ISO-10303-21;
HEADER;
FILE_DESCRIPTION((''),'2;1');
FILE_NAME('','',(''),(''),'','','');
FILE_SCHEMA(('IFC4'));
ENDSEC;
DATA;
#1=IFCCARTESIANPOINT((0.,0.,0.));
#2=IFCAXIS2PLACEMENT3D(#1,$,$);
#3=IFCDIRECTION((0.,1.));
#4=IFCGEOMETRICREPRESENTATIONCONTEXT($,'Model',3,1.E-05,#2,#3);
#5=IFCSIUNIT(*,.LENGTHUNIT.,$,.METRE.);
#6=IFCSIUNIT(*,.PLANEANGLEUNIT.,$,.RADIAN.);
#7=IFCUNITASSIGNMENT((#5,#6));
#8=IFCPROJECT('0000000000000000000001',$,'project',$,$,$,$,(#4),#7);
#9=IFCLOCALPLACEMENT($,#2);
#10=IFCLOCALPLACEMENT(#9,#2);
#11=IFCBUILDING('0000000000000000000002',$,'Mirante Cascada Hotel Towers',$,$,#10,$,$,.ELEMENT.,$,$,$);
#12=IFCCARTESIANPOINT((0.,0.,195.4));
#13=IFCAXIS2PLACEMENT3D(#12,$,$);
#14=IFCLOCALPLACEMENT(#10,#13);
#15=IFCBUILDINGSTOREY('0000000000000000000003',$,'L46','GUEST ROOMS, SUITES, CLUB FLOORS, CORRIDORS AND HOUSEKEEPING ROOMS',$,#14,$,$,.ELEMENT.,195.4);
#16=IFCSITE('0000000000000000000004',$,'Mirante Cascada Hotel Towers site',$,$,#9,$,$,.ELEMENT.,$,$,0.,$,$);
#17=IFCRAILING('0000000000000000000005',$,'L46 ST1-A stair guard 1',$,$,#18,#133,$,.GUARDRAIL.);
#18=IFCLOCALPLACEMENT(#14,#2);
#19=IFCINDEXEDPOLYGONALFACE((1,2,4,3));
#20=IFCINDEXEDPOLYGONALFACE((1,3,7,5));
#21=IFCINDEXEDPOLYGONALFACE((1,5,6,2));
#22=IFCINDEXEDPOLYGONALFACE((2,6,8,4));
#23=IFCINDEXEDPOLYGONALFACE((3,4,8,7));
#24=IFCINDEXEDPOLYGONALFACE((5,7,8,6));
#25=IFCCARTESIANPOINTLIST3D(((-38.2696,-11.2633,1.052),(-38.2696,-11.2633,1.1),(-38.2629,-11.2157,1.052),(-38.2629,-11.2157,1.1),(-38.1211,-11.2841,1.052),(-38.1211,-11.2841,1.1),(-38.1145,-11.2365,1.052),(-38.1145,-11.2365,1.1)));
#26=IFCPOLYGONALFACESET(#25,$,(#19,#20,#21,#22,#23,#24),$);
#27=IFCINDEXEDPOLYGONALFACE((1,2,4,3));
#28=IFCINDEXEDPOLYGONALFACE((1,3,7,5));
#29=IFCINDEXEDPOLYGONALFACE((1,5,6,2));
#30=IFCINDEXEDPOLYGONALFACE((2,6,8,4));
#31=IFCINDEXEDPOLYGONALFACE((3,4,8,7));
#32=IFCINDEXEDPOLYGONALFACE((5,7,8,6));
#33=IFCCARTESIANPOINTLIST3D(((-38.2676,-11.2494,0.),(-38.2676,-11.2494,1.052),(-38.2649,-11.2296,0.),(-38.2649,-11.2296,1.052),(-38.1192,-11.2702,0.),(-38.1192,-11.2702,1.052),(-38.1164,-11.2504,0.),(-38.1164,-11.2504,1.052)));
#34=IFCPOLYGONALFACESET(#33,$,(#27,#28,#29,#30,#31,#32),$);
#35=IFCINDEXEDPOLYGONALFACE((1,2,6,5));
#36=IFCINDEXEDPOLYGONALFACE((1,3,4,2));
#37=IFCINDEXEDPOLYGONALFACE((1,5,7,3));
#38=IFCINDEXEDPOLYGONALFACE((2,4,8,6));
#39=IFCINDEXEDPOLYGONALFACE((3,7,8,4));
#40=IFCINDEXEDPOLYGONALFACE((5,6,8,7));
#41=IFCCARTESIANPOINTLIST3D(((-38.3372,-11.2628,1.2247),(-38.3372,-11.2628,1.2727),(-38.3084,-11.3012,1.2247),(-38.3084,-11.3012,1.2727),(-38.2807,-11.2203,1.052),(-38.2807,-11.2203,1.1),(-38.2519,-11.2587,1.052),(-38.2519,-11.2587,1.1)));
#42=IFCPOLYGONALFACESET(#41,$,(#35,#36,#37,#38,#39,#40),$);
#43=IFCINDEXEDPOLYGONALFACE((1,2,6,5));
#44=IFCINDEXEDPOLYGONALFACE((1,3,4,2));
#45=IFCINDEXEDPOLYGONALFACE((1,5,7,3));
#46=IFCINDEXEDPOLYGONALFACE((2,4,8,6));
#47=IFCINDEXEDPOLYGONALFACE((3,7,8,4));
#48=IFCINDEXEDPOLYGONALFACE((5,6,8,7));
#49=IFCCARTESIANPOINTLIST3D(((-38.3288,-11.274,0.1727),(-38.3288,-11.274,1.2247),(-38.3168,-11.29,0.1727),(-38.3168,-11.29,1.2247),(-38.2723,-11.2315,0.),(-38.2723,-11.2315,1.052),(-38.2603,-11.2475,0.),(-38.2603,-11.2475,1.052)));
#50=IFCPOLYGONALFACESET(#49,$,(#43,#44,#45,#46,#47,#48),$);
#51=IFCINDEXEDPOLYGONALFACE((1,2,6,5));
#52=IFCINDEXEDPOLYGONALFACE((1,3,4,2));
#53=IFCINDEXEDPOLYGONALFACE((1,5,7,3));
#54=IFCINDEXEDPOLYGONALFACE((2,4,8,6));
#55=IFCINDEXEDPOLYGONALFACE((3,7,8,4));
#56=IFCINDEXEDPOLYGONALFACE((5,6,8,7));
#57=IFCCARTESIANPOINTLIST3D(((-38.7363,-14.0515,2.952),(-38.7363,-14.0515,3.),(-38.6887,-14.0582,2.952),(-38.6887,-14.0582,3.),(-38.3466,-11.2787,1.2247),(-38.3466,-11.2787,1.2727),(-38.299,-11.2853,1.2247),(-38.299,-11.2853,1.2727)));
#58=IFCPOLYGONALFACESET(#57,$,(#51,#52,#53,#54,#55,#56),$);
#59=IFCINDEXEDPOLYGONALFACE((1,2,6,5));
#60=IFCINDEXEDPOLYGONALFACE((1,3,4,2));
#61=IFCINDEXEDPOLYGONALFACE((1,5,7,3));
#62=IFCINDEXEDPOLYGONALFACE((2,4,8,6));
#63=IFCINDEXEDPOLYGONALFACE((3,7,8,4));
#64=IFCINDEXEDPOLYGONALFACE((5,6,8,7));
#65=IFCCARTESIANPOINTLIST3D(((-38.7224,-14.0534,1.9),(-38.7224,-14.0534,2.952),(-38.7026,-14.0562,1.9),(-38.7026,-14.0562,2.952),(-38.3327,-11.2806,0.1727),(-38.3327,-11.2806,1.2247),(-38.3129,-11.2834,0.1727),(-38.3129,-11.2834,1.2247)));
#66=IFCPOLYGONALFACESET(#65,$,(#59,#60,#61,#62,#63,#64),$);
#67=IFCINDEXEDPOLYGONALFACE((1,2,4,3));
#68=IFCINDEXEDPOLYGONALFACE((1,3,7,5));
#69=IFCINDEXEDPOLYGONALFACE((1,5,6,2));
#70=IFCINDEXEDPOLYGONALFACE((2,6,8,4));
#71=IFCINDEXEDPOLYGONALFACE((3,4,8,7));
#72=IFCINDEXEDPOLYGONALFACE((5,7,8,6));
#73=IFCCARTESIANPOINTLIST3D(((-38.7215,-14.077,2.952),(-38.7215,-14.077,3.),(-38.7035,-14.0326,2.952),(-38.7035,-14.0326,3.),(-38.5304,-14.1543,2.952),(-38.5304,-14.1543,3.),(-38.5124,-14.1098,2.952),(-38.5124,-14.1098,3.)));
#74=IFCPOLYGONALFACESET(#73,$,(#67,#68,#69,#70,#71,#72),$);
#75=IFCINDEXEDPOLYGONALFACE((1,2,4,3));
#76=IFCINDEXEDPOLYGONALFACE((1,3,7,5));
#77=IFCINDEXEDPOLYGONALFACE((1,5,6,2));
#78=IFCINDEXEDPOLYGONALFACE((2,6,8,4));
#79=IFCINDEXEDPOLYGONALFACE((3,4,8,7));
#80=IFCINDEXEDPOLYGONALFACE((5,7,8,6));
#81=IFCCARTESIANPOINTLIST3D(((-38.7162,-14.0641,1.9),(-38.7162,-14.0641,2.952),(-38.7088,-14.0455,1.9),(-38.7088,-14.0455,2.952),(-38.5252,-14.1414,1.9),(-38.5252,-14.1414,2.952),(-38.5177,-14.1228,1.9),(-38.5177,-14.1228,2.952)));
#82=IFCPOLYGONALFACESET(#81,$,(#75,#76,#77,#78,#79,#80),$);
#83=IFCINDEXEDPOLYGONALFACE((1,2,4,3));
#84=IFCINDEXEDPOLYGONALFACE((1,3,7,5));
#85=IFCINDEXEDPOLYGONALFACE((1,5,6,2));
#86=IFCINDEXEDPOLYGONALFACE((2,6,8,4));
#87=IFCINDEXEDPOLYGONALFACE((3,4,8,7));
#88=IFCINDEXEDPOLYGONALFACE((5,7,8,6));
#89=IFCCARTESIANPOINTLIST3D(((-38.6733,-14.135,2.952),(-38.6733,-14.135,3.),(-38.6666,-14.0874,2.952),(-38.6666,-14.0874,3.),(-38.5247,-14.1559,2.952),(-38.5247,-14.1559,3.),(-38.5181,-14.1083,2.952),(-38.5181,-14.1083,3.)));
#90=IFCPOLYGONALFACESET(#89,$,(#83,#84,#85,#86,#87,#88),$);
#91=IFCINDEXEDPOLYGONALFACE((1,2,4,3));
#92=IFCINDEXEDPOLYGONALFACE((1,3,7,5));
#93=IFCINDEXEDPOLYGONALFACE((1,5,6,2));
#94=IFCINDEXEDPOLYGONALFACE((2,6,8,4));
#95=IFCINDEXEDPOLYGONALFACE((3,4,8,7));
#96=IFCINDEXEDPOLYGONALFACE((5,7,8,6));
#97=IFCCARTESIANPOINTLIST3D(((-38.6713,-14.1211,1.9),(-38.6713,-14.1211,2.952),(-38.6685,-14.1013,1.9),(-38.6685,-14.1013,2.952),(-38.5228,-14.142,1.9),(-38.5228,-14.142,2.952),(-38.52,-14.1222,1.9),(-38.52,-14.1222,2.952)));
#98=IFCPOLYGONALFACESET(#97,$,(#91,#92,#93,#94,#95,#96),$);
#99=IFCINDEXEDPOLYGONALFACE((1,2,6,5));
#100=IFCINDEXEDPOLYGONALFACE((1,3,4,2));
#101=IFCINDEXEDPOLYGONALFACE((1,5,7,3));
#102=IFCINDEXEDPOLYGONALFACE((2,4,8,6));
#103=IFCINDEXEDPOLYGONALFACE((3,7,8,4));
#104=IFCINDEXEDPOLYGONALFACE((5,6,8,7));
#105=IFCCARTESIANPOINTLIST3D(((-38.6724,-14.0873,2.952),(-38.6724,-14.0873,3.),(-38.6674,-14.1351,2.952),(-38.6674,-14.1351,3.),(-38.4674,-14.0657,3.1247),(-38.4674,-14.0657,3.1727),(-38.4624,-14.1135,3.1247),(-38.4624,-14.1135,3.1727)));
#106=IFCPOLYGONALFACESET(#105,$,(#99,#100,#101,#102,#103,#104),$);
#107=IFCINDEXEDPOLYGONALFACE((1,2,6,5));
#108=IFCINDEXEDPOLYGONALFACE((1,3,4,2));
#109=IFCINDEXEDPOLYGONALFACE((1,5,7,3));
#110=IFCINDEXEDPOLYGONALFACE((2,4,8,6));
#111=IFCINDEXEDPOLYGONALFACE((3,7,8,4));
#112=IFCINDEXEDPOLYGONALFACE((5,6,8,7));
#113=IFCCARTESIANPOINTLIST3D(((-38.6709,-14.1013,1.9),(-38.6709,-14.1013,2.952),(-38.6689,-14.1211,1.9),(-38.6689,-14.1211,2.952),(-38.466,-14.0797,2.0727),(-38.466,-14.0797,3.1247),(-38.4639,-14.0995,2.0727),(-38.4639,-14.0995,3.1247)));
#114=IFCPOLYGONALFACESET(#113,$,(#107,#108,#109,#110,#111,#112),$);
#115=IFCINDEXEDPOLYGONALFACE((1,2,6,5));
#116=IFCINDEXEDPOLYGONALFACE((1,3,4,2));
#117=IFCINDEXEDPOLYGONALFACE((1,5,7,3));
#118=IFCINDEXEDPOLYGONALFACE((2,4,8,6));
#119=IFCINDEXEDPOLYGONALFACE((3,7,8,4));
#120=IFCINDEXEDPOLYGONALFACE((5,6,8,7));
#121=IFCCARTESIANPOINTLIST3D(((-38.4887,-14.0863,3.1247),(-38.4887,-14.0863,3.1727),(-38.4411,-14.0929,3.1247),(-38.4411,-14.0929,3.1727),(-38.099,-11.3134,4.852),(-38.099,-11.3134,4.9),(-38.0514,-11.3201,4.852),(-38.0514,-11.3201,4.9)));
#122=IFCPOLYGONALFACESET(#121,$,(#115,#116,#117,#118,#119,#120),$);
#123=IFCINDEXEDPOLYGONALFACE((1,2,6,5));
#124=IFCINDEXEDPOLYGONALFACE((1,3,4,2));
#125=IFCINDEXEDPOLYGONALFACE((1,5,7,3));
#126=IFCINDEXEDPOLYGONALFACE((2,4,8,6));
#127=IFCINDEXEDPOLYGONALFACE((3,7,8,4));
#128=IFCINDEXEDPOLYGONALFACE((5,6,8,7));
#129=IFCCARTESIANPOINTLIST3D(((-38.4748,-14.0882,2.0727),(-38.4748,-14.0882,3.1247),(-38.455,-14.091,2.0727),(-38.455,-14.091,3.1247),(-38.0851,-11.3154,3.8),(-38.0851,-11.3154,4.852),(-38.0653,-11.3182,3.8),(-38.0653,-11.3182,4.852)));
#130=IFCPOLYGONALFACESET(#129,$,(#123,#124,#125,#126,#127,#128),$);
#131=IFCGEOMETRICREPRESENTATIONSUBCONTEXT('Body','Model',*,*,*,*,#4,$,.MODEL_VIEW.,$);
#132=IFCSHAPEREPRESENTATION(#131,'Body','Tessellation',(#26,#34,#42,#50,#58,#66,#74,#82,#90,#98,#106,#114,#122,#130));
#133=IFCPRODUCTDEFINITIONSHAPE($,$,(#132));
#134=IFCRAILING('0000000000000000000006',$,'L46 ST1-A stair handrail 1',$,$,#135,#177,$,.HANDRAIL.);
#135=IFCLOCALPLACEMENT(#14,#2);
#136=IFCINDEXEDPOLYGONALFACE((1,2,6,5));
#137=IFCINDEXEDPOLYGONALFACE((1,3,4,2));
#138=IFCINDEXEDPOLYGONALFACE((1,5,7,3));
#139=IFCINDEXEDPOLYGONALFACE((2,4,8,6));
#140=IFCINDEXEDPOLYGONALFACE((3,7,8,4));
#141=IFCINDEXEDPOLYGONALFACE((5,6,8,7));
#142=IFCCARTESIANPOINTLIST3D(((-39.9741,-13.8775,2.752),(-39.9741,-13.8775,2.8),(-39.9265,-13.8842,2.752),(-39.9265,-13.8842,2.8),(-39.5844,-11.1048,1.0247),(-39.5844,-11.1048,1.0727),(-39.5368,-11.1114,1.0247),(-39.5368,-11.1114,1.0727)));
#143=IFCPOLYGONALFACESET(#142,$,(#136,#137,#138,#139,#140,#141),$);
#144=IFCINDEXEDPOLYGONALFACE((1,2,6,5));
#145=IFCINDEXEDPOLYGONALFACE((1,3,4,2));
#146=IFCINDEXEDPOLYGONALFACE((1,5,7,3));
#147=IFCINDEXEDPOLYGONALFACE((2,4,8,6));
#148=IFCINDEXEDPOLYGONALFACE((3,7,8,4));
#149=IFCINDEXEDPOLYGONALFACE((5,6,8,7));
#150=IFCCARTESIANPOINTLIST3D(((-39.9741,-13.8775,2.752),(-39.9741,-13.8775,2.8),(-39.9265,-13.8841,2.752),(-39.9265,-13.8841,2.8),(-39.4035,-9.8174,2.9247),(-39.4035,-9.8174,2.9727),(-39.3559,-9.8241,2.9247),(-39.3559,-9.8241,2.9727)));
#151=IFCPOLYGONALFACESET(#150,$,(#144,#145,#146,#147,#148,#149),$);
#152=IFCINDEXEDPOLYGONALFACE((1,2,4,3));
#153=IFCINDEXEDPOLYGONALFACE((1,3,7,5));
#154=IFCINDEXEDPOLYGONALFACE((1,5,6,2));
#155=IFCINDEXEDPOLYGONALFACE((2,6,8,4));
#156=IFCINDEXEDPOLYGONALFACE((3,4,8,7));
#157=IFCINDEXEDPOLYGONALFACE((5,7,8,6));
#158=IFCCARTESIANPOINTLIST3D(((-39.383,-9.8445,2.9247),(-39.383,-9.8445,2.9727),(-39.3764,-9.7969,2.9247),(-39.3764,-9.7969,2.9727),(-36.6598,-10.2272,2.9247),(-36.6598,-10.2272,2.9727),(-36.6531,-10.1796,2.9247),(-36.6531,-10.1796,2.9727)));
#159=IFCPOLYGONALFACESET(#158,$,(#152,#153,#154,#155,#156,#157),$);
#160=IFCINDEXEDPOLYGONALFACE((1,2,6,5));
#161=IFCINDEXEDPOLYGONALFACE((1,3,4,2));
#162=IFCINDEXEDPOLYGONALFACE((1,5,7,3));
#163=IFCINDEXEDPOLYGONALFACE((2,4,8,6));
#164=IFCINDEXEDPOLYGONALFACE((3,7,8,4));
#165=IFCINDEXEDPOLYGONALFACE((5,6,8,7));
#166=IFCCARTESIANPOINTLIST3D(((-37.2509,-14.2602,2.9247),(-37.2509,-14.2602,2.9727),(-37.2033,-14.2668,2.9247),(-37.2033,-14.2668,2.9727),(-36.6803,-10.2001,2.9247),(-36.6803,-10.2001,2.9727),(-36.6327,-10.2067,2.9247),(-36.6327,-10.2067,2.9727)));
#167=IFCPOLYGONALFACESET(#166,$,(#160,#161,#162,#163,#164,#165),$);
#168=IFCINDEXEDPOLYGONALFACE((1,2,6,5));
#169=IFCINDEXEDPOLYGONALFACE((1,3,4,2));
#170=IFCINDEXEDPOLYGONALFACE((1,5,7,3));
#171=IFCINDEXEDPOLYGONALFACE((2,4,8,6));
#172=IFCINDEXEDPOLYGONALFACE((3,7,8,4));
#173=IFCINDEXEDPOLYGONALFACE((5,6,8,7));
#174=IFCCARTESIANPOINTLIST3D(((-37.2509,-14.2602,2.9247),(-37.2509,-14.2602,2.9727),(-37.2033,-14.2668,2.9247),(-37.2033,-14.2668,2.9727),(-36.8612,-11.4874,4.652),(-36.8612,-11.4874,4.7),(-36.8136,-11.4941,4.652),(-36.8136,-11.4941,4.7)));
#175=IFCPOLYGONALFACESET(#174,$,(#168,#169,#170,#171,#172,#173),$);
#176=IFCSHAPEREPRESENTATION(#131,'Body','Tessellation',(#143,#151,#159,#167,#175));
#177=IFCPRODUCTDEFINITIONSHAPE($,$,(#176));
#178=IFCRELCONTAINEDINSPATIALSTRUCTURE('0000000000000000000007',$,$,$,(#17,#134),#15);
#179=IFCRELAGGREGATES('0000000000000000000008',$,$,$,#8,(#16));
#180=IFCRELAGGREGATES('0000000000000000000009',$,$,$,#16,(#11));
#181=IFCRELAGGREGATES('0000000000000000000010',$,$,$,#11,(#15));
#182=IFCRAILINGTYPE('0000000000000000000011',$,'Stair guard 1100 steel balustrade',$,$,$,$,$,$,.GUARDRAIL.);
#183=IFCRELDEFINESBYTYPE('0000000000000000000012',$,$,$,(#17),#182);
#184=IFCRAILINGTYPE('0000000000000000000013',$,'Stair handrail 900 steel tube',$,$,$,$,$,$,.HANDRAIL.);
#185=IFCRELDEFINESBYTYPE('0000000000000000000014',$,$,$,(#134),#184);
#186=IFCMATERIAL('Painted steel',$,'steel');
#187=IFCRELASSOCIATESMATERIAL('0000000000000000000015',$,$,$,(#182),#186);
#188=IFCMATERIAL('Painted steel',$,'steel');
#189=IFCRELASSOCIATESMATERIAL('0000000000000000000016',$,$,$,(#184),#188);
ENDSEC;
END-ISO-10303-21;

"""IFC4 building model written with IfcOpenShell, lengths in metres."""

from ifc_helpers import new_model, si_unit, direction, frame, origin, origin_2d, place, context, subcontext, project, spatial, rectangle, extrude, material, type_object, element, save


model = new_model("IFC4")

# Units and contexts
model_context = context("Model", 3, precision=1e-05, world=origin(), true_north=direction((0.0, 1.0)))
body_context = subcontext(model_context, "Body", "Model", "MODEL_VIEW")
ifc_project = project(units=[si_unit("LENGTHUNIT", "METRE"), si_unit("PLANEANGLEUNIT", "RADIAN")], contexts=[model_context])

# Site, building, storey
site_placement = place(None, origin())
site = spatial("IfcSite", under=ifc_project, at=site_placement, Name="Mirante Cascada Hotel Towers site", CompositionType="ELEMENT", RefElevation=0.0)
building_placement = place(site_placement, origin())
building = spatial("IfcBuilding", under=site, at=building_placement, Name="Mirante Cascada Hotel Towers", CompositionType="ELEMENT")
storey_placement = place(building_placement, frame((0.0, 0.0, 195.4)))
storey = spatial("IfcBuildingStorey", under=building, at=storey_placement, Name="L46", Description="GUEST ROOMS, SUITES, CLUB FLOORS, CORRIDORS AND HOUSEKEEPING ROOMS", CompositionType="ELEMENT", Elevation=195.4)

# Railings
ifc_material_1 = material(Name="Painted steel", Category="steel")
railing_type_1 = type_object("IfcRailingType", Name="Stair guard 1100 steel balustrade", PredefinedType="GUARDRAIL", material=ifc_material_1)
railing_1_placement = place(storey_placement, frame((-38.1178, -11.2603, 0.0)))
element("IfcRailing", 1, at=railing_1_placement, inside=storey, type_object=railing_type_1, Name="L46 ST1-A stair guard 1", PredefinedType="GUARDRAIL", context=body_context, shape_type="SweptSolid", body=[
    extrude(rectangle(XDim=0.048, YDim=0.048, at=origin_2d()), frame((0.0, 0.0, 1.076), z_axis=(-0.990333, 0.138713, 0.0), x_axis=(-0.138713, -0.990333, 0.0)), (0.0, 0.0, 1.0), 0.1499),
    extrude(rectangle(XDim=0.02, YDim=1.052, at=origin_2d()), frame((0.0, 0.0, 0.526), z_axis=(-0.990333, 0.138713, 0.0), x_axis=(-0.138713, -0.990333, 0.0)), (0.0, 0.0, 1.0), 0.1499),
    extrude(rectangle(XDim=0.048, YDim=0.048, at=origin_2d()), frame((-0.1485, 0.0208, 1.076), z_axis=(-0.79915, -0.601131, 0.0), x_axis=(0.601131, -0.79915, 0.0)), (0.0, 0.925453, 0.378863), 0.1866),
    extrude(rectangle(XDim=0.02, YDim=1.052, at=origin_2d()), frame((-0.1485, 0.0208, 0.526), z_axis=(-0.79915, -0.601131, 0.0), x_axis=(0.601131, -0.79915, 0.0)), (0.0, 0.925453, 0.378863), 0.1866),
    extrude(rectangle(XDim=0.048, YDim=0.048, at=origin_2d()), frame((-0.205, -0.0217, 1.2487), z_axis=(-0.139176, -0.990268, 0.0), x_axis=(0.990268, -0.139176, 0.0)), (0.0, 0.525021, 0.851089), 3.29),
    extrude(rectangle(XDim=0.02, YDim=1.052, at=origin_2d()), frame((-0.205, -0.0217, 0.6987), z_axis=(-0.139176, -0.990268, 0.0), x_axis=(0.990268, -0.139176, 0.0)), (0.0, 0.525021, 0.851089), 3.29),
    extrude(rectangle(XDim=0.048, YDim=0.048, at=origin_2d()), frame((-0.5947, -2.7945, 2.976), z_axis=(0.927031, -0.374984, 0.0), x_axis=(0.374984, 0.927031, 0.0)), (0.0, 0.0, 1.0), 0.2061),
    extrude(rectangle(XDim=0.02, YDim=1.052, at=origin_2d()), frame((-0.5947, -2.7945, 2.426), z_axis=(0.927031, -0.374984, 0.0), x_axis=(0.374984, 0.927031, 0.0)), (0.0, 0.0, 1.0), 0.2061),
    extrude(rectangle(XDim=0.048, YDim=0.048, at=origin_2d()), frame((-0.4036, -2.8718, 2.976), z_axis=(-0.990241, 0.139367, 0.0), x_axis=(-0.139367, -0.990241, 0.0)), (0.0, 0.0, 1.0), 0.15),
    extrude(rectangle(XDim=0.02, YDim=1.052, at=origin_2d()), frame((-0.4036, -2.8718, 2.426), z_axis=(-0.990241, 0.139367, 0.0), x_axis=(-0.139367, -0.990241, 0.0)), (0.0, 0.0, 1.0), 0.15),
    extrude(rectangle(XDim=0.048, YDim=0.048, at=origin_2d()), frame((-0.5521, -2.8509, 2.976), z_axis=(0.994495, 0.104786, 0.0), x_axis=(-0.104786, 0.994495, 0.0)), (0.0, 0.642203, 0.766534), 0.2689),
    extrude(rectangle(XDim=0.02, YDim=1.052, at=origin_2d()), frame((-0.5521, -2.8509, 2.426), z_axis=(0.994495, 0.104786, 0.0), x_axis=(-0.104786, 0.994495, 0.0)), (0.0, 0.642203, 0.766534), 0.2689),
    extrude(rectangle(XDim=0.048, YDim=0.048, at=origin_2d()), frame((-0.3471, -2.8293, 3.1487), z_axis=(0.139176, 0.990268, 0.0), x_axis=(-0.990268, 0.139176, 0.0)), (0.0, 0.525021, 0.851089), 3.29),
    extrude(rectangle(XDim=0.02, YDim=1.052, at=origin_2d()), frame((-0.3471, -2.8293, 2.5987), z_axis=(0.139176, 0.990268, 0.0), x_axis=(-0.990268, 0.139176, 0.0)), (0.0, 0.525021, 0.851089), 3.29),
])
ifc_material_2 = material(Name="Painted steel", Category="steel")
railing_type_2 = type_object("IfcRailingType", Name="Stair handrail 900 steel tube", PredefinedType="HANDRAIL", material=ifc_material_2)
railing_2_placement = place(storey_placement, frame((-39.5606, -11.1081, 0.1727)))
element("IfcRailing", 2, at=railing_2_placement, inside=storey, type_object=railing_type_2, Name="L46 ST1-A stair handrail 1", PredefinedType="HANDRAIL", context=body_context, shape_type="SweptSolid", body=[
    extrude(rectangle(XDim=0.048, YDim=0.048, at=origin_2d()), frame((0.0, 0.0, 0.876), z_axis=(-0.139181, -0.990267, 0.0), x_axis=(0.990267, -0.139181, 0.0)), (0.0, 0.525035, 0.851081), 3.2899),
    extrude(rectangle(XDim=0.048, YDim=0.048, at=origin_2d()), frame((-0.3897, -2.7727, 2.6033), z_axis=(0.139171, 0.990268, 0.0), x_axis=(-0.990268, 0.139171, 0.0)), (0.0, 0.042085, 0.999114), 4.1036),
    extrude(rectangle(XDim=0.048, YDim=0.048, at=origin_2d()), frame((0.1809, 1.2874, 2.776), z_axis=(0.990269, -0.139166, 0.0), x_axis=(0.139166, 0.990269, 0.0)), (0.0, 0.0, 1.0), 2.75),
    extrude(rectangle(XDim=0.048, YDim=0.048, at=origin_2d()), frame((2.9041, 0.9047, 2.776), z_axis=(-0.139171, -0.990268, 0.0), x_axis=(0.990268, -0.139171, 0.0)), (0.0, 0.0, 1.0), 4.1),
    extrude(rectangle(XDim=0.048, YDim=0.048, at=origin_2d()), frame((2.3335, -3.1554, 2.776), z_axis=(0.139181, 0.990267, 0.0), x_axis=(-0.990267, 0.139181, 0.0)), (0.0, 0.525035, 0.851081), 3.2899),
])

save(model, "model.ifc")
